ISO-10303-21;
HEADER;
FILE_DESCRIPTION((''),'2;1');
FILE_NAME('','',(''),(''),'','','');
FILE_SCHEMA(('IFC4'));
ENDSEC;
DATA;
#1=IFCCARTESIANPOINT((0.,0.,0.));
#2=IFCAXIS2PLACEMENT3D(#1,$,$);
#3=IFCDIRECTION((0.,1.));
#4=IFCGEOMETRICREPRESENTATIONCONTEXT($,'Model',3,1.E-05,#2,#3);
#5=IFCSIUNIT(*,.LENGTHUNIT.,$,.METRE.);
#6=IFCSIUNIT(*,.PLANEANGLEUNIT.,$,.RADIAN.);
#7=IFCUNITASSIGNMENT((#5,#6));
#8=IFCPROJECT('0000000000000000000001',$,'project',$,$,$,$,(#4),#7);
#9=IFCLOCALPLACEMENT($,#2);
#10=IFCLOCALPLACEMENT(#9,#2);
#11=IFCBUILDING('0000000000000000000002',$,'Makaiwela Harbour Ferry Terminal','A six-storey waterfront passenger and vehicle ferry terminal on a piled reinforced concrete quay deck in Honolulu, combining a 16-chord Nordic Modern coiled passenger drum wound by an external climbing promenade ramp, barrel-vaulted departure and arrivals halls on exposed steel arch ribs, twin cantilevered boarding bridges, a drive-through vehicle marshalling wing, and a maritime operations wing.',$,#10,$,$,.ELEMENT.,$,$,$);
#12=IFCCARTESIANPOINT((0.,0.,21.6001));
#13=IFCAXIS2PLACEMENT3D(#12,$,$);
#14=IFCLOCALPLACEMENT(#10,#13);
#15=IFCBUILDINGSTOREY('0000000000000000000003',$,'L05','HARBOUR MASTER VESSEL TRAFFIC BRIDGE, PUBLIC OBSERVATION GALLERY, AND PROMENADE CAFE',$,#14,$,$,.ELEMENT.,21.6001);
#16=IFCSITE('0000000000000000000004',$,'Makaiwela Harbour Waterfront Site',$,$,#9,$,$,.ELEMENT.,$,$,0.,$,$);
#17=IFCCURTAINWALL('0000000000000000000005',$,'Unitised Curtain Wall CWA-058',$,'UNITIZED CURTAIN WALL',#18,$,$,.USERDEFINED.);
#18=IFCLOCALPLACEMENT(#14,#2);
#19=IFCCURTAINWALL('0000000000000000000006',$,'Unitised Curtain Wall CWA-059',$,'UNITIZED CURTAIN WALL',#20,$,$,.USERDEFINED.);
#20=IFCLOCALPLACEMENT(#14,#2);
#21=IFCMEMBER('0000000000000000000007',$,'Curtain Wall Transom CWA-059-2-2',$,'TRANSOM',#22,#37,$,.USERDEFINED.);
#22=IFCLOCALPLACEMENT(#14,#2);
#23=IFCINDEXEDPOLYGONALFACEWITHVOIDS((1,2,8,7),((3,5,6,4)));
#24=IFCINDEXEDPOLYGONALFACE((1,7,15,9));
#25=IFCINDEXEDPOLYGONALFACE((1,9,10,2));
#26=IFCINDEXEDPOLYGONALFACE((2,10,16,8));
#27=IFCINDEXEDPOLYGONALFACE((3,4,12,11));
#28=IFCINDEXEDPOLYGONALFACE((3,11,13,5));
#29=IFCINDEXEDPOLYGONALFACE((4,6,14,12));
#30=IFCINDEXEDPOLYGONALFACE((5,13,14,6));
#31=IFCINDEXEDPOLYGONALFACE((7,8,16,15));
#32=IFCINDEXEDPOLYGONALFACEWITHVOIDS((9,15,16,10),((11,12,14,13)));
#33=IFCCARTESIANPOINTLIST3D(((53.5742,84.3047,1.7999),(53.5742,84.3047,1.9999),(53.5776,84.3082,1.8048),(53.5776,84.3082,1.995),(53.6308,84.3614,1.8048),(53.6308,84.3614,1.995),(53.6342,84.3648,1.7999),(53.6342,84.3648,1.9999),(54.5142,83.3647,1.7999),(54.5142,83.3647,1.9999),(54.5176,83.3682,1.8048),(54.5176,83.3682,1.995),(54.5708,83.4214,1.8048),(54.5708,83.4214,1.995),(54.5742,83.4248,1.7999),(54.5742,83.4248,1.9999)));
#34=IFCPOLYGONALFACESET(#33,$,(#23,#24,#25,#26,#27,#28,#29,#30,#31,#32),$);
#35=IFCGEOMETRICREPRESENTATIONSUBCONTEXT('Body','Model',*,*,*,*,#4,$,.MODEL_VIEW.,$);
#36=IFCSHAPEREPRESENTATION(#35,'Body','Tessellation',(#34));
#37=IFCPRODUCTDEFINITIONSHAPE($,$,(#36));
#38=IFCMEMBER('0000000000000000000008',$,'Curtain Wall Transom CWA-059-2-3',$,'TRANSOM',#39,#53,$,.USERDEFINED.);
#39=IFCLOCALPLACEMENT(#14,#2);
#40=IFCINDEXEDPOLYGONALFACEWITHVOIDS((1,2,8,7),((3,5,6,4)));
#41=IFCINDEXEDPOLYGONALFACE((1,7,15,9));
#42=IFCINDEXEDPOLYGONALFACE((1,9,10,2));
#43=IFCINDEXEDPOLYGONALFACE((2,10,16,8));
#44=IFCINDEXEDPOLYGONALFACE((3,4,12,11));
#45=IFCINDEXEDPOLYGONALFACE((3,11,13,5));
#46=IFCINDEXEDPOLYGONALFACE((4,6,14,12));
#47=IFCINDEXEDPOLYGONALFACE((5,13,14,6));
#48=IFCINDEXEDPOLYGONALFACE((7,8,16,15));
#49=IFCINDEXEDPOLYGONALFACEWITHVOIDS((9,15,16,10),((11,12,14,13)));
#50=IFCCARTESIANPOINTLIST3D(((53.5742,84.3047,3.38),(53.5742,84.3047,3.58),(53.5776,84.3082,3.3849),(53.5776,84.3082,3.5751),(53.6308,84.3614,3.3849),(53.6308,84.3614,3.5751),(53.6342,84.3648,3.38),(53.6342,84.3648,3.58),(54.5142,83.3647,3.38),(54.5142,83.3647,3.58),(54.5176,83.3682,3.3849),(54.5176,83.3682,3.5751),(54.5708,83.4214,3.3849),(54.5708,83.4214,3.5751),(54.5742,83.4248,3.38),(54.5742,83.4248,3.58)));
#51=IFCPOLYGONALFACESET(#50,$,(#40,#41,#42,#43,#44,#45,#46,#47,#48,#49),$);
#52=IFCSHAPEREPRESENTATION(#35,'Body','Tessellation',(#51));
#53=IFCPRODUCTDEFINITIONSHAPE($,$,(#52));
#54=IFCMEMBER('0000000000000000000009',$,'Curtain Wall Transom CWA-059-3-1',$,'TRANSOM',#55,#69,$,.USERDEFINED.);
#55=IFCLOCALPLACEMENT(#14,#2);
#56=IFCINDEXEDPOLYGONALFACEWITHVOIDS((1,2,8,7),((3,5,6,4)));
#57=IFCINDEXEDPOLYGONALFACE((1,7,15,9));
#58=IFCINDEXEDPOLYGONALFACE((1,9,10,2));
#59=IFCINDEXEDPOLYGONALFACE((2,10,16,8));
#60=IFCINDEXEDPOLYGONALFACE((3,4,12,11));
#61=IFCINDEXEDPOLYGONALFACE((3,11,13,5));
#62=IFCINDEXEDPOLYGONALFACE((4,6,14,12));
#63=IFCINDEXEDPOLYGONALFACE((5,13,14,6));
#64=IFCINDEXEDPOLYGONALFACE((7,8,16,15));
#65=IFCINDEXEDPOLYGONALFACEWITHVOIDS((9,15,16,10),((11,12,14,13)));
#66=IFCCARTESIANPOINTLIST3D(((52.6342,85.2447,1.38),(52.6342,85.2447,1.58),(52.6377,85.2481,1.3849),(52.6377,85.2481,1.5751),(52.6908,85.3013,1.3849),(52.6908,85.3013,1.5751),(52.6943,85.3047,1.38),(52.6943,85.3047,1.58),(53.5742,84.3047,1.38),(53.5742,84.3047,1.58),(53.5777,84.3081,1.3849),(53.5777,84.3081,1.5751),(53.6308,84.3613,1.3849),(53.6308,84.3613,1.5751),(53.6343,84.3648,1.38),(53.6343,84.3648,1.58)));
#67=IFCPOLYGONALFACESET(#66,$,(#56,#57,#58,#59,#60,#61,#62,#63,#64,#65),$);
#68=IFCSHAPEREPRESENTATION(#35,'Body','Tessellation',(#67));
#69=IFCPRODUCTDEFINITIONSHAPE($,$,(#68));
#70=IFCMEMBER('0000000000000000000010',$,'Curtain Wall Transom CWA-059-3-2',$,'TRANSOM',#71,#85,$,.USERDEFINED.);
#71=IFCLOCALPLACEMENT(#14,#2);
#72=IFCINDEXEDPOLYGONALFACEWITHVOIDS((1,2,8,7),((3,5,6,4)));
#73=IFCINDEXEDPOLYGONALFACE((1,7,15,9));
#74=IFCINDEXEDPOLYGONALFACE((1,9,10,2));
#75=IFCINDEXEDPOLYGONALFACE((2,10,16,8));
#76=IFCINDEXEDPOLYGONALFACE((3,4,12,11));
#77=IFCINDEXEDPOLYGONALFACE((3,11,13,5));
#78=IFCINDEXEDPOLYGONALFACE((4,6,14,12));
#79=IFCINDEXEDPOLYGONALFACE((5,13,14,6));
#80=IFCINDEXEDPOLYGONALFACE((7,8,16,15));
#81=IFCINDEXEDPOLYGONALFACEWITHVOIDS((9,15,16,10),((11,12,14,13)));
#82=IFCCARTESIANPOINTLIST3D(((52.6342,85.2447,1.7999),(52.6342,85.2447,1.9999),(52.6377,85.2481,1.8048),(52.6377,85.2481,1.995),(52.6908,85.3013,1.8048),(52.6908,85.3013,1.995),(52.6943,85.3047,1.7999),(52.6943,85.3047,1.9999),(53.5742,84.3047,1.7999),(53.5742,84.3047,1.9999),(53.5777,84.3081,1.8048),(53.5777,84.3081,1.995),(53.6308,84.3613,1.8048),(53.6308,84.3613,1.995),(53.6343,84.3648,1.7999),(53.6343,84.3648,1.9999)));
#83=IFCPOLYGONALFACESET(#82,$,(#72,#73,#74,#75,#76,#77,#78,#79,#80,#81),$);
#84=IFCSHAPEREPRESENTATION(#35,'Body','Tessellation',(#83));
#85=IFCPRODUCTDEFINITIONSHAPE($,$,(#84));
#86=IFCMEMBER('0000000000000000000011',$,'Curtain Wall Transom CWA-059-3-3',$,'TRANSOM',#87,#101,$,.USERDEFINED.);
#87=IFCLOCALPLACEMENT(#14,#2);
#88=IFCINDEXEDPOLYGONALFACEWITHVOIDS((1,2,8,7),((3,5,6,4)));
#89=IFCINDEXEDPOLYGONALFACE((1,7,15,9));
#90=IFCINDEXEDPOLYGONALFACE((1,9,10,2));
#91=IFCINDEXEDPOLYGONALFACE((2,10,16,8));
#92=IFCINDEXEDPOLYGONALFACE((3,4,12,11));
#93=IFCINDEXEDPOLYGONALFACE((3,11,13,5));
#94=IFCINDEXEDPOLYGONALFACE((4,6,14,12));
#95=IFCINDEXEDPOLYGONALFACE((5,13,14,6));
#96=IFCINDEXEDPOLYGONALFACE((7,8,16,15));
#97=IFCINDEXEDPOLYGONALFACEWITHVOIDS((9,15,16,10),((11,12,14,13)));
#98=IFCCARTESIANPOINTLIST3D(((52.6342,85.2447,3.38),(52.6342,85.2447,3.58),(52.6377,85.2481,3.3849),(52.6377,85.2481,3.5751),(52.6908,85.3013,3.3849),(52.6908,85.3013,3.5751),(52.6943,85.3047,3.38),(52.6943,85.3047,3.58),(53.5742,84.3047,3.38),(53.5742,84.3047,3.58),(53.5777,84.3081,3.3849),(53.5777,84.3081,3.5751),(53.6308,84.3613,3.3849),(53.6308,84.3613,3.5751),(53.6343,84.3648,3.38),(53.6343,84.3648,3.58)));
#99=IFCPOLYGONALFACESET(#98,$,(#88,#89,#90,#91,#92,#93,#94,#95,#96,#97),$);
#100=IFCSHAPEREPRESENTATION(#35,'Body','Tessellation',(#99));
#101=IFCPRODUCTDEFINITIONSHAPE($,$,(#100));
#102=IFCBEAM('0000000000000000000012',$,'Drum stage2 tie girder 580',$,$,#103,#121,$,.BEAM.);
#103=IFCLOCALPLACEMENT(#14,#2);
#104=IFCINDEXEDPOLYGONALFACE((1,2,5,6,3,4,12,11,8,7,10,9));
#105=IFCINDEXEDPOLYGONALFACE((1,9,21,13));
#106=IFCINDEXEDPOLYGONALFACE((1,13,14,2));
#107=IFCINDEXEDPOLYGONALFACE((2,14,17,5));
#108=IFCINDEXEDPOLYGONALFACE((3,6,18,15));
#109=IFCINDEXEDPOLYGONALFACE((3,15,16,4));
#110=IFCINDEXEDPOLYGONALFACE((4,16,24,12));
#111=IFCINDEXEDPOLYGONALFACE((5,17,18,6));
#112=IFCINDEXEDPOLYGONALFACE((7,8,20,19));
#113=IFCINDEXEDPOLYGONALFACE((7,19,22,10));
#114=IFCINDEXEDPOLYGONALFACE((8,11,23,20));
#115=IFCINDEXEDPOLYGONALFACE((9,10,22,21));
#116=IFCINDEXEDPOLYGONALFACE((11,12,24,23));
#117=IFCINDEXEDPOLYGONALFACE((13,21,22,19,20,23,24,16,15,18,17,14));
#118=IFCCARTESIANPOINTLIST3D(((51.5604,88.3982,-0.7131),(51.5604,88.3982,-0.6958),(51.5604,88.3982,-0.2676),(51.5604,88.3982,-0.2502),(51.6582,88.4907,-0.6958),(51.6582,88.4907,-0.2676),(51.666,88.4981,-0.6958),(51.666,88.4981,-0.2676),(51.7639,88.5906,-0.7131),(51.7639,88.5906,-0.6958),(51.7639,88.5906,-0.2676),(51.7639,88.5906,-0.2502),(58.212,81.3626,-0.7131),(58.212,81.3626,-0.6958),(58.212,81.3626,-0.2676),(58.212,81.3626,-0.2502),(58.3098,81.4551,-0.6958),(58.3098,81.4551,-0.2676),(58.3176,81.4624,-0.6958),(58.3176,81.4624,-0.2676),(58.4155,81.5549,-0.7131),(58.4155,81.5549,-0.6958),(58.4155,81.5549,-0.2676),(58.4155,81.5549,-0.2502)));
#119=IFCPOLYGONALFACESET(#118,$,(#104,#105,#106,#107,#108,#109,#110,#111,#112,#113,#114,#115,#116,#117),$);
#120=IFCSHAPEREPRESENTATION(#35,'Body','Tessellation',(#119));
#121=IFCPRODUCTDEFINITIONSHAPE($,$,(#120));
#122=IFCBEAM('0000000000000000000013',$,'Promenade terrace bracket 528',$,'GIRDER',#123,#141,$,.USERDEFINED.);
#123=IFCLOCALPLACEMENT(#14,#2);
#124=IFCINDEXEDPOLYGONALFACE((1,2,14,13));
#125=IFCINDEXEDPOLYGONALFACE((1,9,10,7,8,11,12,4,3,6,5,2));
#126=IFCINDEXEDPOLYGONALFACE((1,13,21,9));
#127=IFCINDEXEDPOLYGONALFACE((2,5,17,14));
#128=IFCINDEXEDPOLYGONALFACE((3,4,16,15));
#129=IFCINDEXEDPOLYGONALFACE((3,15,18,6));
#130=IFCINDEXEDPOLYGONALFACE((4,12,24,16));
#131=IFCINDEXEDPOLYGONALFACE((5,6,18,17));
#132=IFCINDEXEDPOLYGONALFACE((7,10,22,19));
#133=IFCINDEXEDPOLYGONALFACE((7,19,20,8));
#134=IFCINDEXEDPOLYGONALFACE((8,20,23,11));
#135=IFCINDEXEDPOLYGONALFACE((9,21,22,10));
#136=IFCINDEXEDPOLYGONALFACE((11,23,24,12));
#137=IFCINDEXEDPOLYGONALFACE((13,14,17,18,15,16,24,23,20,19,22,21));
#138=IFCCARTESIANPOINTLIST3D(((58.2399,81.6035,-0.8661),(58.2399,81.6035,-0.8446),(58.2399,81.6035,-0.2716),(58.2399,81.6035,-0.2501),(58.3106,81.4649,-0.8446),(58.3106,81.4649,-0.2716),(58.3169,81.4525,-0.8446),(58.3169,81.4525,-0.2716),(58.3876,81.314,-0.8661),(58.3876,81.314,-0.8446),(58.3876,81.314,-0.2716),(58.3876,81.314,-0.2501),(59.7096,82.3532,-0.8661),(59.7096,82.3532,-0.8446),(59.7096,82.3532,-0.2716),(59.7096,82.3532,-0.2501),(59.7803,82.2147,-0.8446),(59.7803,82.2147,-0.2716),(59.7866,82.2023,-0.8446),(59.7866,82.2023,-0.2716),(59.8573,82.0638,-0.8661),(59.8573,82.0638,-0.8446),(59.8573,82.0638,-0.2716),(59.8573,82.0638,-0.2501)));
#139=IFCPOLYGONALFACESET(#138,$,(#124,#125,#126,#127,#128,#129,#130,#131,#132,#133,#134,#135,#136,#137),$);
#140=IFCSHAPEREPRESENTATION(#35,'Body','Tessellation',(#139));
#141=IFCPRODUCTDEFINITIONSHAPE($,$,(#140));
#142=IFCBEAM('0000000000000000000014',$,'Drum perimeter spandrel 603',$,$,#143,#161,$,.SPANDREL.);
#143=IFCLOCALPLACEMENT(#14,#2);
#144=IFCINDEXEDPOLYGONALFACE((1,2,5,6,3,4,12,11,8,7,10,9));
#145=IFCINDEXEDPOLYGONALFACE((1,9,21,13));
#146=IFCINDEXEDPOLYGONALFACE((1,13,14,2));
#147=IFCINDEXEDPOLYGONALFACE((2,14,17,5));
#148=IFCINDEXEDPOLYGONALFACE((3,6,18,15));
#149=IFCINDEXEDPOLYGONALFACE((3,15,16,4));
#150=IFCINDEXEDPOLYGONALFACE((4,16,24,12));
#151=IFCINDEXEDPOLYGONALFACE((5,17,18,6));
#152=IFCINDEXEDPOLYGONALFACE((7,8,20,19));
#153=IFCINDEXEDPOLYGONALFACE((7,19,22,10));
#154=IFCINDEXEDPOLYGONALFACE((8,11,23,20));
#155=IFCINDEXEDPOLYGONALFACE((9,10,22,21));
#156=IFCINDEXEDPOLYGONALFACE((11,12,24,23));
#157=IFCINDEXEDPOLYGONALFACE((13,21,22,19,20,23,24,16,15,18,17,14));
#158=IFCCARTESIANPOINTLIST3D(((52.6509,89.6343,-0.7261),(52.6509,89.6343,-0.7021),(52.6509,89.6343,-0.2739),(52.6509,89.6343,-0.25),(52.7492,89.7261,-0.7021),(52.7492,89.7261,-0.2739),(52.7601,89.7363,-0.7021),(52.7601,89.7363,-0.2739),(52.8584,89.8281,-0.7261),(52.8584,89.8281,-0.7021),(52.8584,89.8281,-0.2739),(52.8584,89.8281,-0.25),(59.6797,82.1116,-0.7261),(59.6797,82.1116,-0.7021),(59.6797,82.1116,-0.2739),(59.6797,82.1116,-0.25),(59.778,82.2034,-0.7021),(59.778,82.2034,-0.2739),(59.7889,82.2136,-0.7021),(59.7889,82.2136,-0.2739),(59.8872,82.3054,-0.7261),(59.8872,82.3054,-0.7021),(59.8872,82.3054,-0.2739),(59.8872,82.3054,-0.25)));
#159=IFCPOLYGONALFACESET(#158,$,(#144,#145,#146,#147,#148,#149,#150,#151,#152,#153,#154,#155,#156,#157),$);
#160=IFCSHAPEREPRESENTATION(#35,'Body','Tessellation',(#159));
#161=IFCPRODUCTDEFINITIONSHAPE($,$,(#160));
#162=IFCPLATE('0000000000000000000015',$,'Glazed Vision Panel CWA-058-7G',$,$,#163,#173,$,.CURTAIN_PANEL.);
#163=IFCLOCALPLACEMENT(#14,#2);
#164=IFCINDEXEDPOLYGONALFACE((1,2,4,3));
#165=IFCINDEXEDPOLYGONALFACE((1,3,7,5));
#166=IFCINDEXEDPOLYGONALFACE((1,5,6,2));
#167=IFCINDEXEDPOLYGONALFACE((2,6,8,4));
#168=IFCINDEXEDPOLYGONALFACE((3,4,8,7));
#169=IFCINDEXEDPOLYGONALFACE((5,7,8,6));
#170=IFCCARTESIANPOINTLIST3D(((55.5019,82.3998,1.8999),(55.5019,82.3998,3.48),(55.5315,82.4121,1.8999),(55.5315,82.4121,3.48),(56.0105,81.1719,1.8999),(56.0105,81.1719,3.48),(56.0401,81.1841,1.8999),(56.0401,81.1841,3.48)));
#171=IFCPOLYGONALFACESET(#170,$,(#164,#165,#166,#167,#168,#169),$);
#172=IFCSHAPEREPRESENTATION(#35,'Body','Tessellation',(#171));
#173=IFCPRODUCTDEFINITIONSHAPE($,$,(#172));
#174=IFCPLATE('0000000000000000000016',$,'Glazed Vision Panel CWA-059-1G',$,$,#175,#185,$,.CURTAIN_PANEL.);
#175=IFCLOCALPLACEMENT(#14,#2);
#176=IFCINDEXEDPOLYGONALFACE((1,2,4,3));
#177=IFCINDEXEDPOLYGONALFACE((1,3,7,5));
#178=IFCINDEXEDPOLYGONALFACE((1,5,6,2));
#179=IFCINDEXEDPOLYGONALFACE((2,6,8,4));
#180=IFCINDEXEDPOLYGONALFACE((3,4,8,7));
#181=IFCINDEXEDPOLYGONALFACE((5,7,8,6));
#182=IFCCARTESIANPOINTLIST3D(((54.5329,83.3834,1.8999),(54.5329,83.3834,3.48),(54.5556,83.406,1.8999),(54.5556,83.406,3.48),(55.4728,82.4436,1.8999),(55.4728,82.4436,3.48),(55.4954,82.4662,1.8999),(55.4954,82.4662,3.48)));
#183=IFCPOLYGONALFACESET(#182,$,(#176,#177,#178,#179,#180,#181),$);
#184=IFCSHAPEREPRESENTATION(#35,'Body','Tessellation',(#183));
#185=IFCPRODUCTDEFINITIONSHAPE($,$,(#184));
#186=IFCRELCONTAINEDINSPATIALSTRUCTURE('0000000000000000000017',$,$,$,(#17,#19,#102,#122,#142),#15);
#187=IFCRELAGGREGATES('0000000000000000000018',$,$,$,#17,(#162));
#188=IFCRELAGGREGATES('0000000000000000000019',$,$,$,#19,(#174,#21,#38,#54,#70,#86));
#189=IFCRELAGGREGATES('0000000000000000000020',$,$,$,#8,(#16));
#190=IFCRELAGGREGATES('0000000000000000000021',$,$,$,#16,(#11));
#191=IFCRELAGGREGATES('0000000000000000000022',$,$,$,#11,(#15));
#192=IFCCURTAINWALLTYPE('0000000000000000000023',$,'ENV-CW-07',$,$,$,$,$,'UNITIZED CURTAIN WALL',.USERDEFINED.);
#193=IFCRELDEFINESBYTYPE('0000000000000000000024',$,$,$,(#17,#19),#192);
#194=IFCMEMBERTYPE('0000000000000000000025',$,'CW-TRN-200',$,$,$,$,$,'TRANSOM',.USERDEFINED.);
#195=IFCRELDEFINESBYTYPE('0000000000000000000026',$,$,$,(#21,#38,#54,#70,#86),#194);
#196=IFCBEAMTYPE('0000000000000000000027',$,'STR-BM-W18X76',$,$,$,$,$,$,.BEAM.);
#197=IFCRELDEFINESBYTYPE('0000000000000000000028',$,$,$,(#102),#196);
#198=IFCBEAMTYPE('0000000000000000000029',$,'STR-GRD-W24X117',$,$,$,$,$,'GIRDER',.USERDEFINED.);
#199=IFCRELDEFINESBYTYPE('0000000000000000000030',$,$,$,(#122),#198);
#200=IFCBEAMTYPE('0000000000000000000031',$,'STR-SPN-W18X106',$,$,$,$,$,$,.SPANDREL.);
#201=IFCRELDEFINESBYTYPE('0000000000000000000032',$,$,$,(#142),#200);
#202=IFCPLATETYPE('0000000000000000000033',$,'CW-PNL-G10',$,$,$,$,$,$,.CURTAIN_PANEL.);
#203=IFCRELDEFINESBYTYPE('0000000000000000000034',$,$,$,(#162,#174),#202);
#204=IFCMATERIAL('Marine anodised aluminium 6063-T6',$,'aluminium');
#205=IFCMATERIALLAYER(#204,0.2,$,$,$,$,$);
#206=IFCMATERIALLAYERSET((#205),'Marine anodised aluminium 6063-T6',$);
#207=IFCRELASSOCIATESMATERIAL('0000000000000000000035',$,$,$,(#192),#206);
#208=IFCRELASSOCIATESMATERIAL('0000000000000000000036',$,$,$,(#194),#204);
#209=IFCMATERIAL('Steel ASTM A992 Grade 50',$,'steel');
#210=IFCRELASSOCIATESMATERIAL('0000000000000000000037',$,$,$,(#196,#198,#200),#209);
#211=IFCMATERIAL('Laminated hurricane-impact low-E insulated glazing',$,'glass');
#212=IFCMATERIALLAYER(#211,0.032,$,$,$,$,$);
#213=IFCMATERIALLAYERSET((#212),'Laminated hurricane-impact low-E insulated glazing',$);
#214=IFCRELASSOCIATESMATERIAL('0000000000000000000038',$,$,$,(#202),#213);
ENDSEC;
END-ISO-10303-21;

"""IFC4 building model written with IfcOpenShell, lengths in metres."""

from ifc_helpers import new_model, si_unit, direction, frame, origin, origin_2d, place, context, subcontext, project, spatial, rectangle, hollow_rectangle, i_section, extrude, material, layer, layer_set, material_profile, profile_set, type_object, element, aggregate, save


model = new_model("IFC4")

# Units and contexts
model_context = context("Model", 3, precision=1e-05, world=origin(), true_north=direction((0.0, 1.0)))
body_context = subcontext(model_context, "Body", "Model", "MODEL_VIEW")
ifc_project = project(units=[si_unit("LENGTHUNIT", "METRE"), si_unit("PLANEANGLEUNIT", "RADIAN")], contexts=[model_context])

# Site, building, storey
site_placement = place(None, origin())
site = spatial("IfcSite", under=ifc_project, at=site_placement, Name="Makaiwela Harbour Waterfront Site", CompositionType="ELEMENT", RefElevation=0.0)
building_placement = place(site_placement, origin())
building = spatial("IfcBuilding", under=site, at=building_placement, Name="Makaiwela Harbour Ferry Terminal", Description="A six-storey waterfront passenger and vehicle ferry terminal on a piled reinforced concrete quay deck in Honolulu, combining a 16-chord Nordic Modern coiled passenger drum wound by an external climbing promenade ramp, barrel-vaulted departure and arrivals halls on exposed steel arch ribs, twin cantilevered boarding bridges, a drive-through vehicle marshalling wing, and a maritime operations wing.", CompositionType="ELEMENT")
storey_placement = place(building_placement, frame((0.0, 0.0, 21.6001)))
storey = spatial("IfcBuildingStorey", under=building, at=storey_placement, Name="L05", Description="HARBOUR MASTER VESSEL TRAFFIC BRIDGE, PUBLIC OBSERVATION GALLERY, AND PROMENADE CAFE", CompositionType="ELEMENT", Elevation=21.6001)

# Curtain wall
ifc_material_1 = material(Name="Marine anodised aluminium 6063-T6", Category="aluminium")
ifc_layer_1 = layer(ifc_material_1, 0.2)
ifc_layer_set_1 = layer_set([ifc_layer_1], Name="Marine anodised aluminium 6063-T6")
curtain_wall_type = type_object("IfcCurtainWallType", Name="ENV-CW-07", ElementType="UNITIZED CURTAIN WALL", PredefinedType="USERDEFINED", material=ifc_layer_set_1)
curtain_wall_1_placement = place(storey_placement, origin())
curtain_wall_1 = element("IfcCurtainWall", 1, at=curtain_wall_1_placement, inside=storey, type_object=curtain_wall_type, Name="Unitised Curtain Wall CWA-058", ObjectType="UNITIZED CURTAIN WALL", PredefinedType="USERDEFINED")

# Curtain wall
curtain_wall_2_placement = place(storey_placement, origin())
curtain_wall_2 = element("IfcCurtainWall", 2, at=curtain_wall_2_placement, inside=storey, type_object=curtain_wall_type, Name="Unitised Curtain Wall CWA-059", ObjectType="UNITIZED CURTAIN WALL", PredefinedType="USERDEFINED")

# Members
ifc_material_profile_1 = material_profile(ifc_material_1, hollow_rectangle(XDim=0.085, YDim=0.2, WallThickness=0.0049, at=origin_2d()), Name="CWT-200X85")
ifc_profile_set_1 = profile_set([ifc_material_profile_1], Name="Marine anodised aluminium 6063-T6")
member_type_1 = type_object("IfcMemberType", Name="CW-TRN-200", ElementType="TRANSOM", PredefinedType="USERDEFINED", material=ifc_profile_set_1)
member_1_placement = place(storey_placement, frame((54.5442, 83.3948, 1.8999), z_axis=(-0.707107, 0.707107, 0.0), x_axis=(-0.707107, -0.707107, 0.0)))
member_1 = element("IfcMember", 3, at=member_1_placement, type_object=member_type_1, Name="Curtain Wall Transom CWA-059-2-2", ObjectType="TRANSOM", PredefinedType="USERDEFINED", context=body_context, shape_type="SweptSolid", body=[
    extrude(hollow_rectangle(XDim=0.085, YDim=0.2, WallThickness=0.0049, at=origin_2d()), origin(), (0.0, 0.0, 1.0), 1.3293),
])
member_2_placement = place(storey_placement, frame((54.5442, 83.3948, 3.48), z_axis=(-0.707107, 0.707107, 0.0), x_axis=(-0.707107, -0.707107, 0.0)))
member_2 = element("IfcMember", 4, at=member_2_placement, type_object=member_type_1, Name="Curtain Wall Transom CWA-059-2-3", ObjectType="TRANSOM", PredefinedType="USERDEFINED", context=body_context, shape_type="SweptSolid", body=[
    extrude(hollow_rectangle(XDim=0.085, YDim=0.2, WallThickness=0.0049, at=origin_2d()), origin(), (0.0, 0.0, 1.0), 1.3293),
])
member_3_placement = place(storey_placement, frame((53.6042, 84.3347, 1.48), z_axis=(-0.707107, 0.707107, 0.0), x_axis=(-0.707107, -0.707107, 0.0)))
member_3 = element("IfcMember", 5, at=member_3_placement, type_object=member_type_1, Name="Curtain Wall Transom CWA-059-3-1", ObjectType="TRANSOM", PredefinedType="USERDEFINED", context=body_context, shape_type="SweptSolid", body=[
    extrude(hollow_rectangle(XDim=0.085, YDim=0.2, WallThickness=0.0049, at=origin_2d()), origin(), (0.0, 0.0, 1.0), 1.3293),
])
member_4_placement = place(storey_placement, frame((53.6042, 84.3347, 1.8999), z_axis=(-0.707107, 0.707107, 0.0), x_axis=(-0.707107, -0.707107, 0.0)))
member_4 = element("IfcMember", 6, at=member_4_placement, type_object=member_type_1, Name="Curtain Wall Transom CWA-059-3-2", ObjectType="TRANSOM", PredefinedType="USERDEFINED", context=body_context, shape_type="SweptSolid", body=[
    extrude(hollow_rectangle(XDim=0.085, YDim=0.2, WallThickness=0.0049, at=origin_2d()), origin(), (0.0, 0.0, 1.0), 1.3293),
])
member_5_placement = place(storey_placement, frame((53.6042, 84.3347, 3.48), z_axis=(-0.707107, 0.707107, 0.0), x_axis=(-0.707107, -0.707107, 0.0)))
member_5 = element("IfcMember", 7, at=member_5_placement, type_object=member_type_1, Name="Curtain Wall Transom CWA-059-3-3", ObjectType="TRANSOM", PredefinedType="USERDEFINED", context=body_context, shape_type="SweptSolid", body=[
    extrude(hollow_rectangle(XDim=0.085, YDim=0.2, WallThickness=0.0049, at=origin_2d()), origin(), (0.0, 0.0, 1.0), 1.3293),
])

# Beams
ifc_material_2 = material(Name="Steel ASTM A992 Grade 50", Category="steel")
ifc_material_profile_2 = material_profile(ifc_material_2, i_section(OverallWidth=0.28, OverallDepth=0.4629, WebThickness=0.0107, FlangeThickness=0.0173, at=origin_2d()), Name="W18X76")
ifc_profile_set_2 = profile_set([ifc_material_profile_2], Name="Steel ASTM A992 Grade 50")
beam_type_1 = type_object("IfcBeamType", Name="STR-BM-W18X76", PredefinedType="BEAM", material=ifc_profile_set_2)
beam_1_placement = place(storey_placement, frame((58.3137, 81.4587, -0.4817), z_axis=(-0.686997, 0.726661, 0.0), x_axis=(-0.726661, -0.686997, 0.0)))
element("IfcBeam", 8, at=beam_1_placement, inside=storey, type_object=beam_type_1, Name="Drum stage2 tie girder 580", PredefinedType="BEAM", context=body_context, shape_type="SweptSolid", body=[
    extrude(i_section(OverallWidth=0.28, OverallDepth=0.4629, WebThickness=0.0107, FlangeThickness=0.0173, at=origin_2d()), origin(), (0.0, 0.0, 1.0), 9.6821),
])
ifc_material_profile_3 = material_profile(ifc_material_2, i_section(OverallWidth=0.325, OverallDepth=0.616, WebThickness=0.0139, FlangeThickness=0.0215, at=origin_2d()), Name="W24X117")
ifc_profile_set_3 = profile_set([ifc_material_profile_3], Name="Steel ASTM A992 Grade 50")
beam_type_2 = type_object("IfcBeamType", Name="STR-GRD-W24X117", ElementType="GIRDER", PredefinedType="USERDEFINED", material=ifc_profile_set_3)
beam_2_placement = place(storey_placement, frame((58.3137, 81.4587, -0.5581), z_axis=(0.890788, 0.45442, 0.0), x_axis=(-0.45442, 0.890788, 0.0)))
element("IfcBeam", 9, at=beam_2_placement, inside=storey, type_object=beam_type_2, Name="Promenade terrace bracket 528", ObjectType="GIRDER", PredefinedType="USERDEFINED", context=body_context, shape_type="SweptSolid", body=[
    extrude(i_section(OverallWidth=0.325, OverallDepth=0.616, WebThickness=0.0139, FlangeThickness=0.0215, at=origin_2d()), origin(), (0.0, 0.0, 1.0), 1.6499),
])
ifc_material_profile_4 = material_profile(ifc_material_2, i_section(OverallWidth=0.2839, OverallDepth=0.4761, WebThickness=0.0149, FlangeThickness=0.0239, at=origin_2d()), Name="W18X106")
ifc_profile_set_4 = profile_set([ifc_material_profile_4], Name="Steel ASTM A992 Grade 50")
beam_type_3 = type_object("IfcBeamType", Name="STR-SPN-W18X106", PredefinedType="SPANDREL", material=ifc_profile_set_4)
beam_3_placement = place(storey_placement, frame((59.7834, 82.2085, -0.488), z_axis=(-0.682714, 0.730686, 0.0), x_axis=(-0.730686, -0.682714, 0.0)))
element("IfcBeam", 10, at=beam_3_placement, inside=storey, type_object=beam_type_3, Name="Drum perimeter spandrel 603", PredefinedType="SPANDREL", context=body_context, shape_type="SweptSolid", body=[
    extrude(i_section(OverallWidth=0.2839, OverallDepth=0.4761, WebThickness=0.0149, FlangeThickness=0.0239, at=origin_2d()), origin(), (0.0, 0.0, 1.0), 10.2954),
])

# Plates
ifc_material_3 = material(Name="Laminated hurricane-impact low-E insulated glazing", Category="glass")
ifc_layer_2 = layer(ifc_material_3, 0.032)
ifc_layer_set_2 = layer_set([ifc_layer_2], Name="Laminated hurricane-impact low-E insulated glazing")
plate_type_1 = type_object("IfcPlateType", Name="CW-PNL-G10", PredefinedType="CURTAIN_PANEL", material=ifc_layer_set_2)
plate_1_placement = place(storey_placement, frame((55.771, 81.792, 1.8999), z_axis=(0.0, 0.0, 1.0), x_axis=(-0.382683, 0.92388, 0.0)))
plate_1 = element("IfcPlate", 11, at=plate_1_placement, type_object=plate_type_1, Name="Glazed Vision Panel CWA-058-7G", PredefinedType="CURTAIN_PANEL", context=body_context, shape_type="SweptSolid", body=[
    extrude(rectangle(XDim=1.3291, YDim=0.032, at=origin_2d()), origin(), (0.0, 0.0, 1.0), 1.5801),
])
plate_2_placement = place(storey_placement, frame((55.0142, 82.9248, 1.8999), z_axis=(0.0, 0.0, 1.0), x_axis=(-0.707107, 0.707107, 0.0)))
plate_2 = element("IfcPlate", 12, at=plate_2_placement, type_object=plate_type_1, Name="Glazed Vision Panel CWA-059-1G", PredefinedType="CURTAIN_PANEL", context=body_context, shape_type="SweptSolid", body=[
    extrude(rectangle(XDim=1.3291, YDim=0.032, at=origin_2d()), origin(), (0.0, 0.0, 1.0), 1.5801),
])
aggregate(curtain_wall_1, [plate_1])
aggregate(curtain_wall_2, [plate_2, member_1, member_2, member_3, member_4, member_5])

save(model, "model.ifc")
